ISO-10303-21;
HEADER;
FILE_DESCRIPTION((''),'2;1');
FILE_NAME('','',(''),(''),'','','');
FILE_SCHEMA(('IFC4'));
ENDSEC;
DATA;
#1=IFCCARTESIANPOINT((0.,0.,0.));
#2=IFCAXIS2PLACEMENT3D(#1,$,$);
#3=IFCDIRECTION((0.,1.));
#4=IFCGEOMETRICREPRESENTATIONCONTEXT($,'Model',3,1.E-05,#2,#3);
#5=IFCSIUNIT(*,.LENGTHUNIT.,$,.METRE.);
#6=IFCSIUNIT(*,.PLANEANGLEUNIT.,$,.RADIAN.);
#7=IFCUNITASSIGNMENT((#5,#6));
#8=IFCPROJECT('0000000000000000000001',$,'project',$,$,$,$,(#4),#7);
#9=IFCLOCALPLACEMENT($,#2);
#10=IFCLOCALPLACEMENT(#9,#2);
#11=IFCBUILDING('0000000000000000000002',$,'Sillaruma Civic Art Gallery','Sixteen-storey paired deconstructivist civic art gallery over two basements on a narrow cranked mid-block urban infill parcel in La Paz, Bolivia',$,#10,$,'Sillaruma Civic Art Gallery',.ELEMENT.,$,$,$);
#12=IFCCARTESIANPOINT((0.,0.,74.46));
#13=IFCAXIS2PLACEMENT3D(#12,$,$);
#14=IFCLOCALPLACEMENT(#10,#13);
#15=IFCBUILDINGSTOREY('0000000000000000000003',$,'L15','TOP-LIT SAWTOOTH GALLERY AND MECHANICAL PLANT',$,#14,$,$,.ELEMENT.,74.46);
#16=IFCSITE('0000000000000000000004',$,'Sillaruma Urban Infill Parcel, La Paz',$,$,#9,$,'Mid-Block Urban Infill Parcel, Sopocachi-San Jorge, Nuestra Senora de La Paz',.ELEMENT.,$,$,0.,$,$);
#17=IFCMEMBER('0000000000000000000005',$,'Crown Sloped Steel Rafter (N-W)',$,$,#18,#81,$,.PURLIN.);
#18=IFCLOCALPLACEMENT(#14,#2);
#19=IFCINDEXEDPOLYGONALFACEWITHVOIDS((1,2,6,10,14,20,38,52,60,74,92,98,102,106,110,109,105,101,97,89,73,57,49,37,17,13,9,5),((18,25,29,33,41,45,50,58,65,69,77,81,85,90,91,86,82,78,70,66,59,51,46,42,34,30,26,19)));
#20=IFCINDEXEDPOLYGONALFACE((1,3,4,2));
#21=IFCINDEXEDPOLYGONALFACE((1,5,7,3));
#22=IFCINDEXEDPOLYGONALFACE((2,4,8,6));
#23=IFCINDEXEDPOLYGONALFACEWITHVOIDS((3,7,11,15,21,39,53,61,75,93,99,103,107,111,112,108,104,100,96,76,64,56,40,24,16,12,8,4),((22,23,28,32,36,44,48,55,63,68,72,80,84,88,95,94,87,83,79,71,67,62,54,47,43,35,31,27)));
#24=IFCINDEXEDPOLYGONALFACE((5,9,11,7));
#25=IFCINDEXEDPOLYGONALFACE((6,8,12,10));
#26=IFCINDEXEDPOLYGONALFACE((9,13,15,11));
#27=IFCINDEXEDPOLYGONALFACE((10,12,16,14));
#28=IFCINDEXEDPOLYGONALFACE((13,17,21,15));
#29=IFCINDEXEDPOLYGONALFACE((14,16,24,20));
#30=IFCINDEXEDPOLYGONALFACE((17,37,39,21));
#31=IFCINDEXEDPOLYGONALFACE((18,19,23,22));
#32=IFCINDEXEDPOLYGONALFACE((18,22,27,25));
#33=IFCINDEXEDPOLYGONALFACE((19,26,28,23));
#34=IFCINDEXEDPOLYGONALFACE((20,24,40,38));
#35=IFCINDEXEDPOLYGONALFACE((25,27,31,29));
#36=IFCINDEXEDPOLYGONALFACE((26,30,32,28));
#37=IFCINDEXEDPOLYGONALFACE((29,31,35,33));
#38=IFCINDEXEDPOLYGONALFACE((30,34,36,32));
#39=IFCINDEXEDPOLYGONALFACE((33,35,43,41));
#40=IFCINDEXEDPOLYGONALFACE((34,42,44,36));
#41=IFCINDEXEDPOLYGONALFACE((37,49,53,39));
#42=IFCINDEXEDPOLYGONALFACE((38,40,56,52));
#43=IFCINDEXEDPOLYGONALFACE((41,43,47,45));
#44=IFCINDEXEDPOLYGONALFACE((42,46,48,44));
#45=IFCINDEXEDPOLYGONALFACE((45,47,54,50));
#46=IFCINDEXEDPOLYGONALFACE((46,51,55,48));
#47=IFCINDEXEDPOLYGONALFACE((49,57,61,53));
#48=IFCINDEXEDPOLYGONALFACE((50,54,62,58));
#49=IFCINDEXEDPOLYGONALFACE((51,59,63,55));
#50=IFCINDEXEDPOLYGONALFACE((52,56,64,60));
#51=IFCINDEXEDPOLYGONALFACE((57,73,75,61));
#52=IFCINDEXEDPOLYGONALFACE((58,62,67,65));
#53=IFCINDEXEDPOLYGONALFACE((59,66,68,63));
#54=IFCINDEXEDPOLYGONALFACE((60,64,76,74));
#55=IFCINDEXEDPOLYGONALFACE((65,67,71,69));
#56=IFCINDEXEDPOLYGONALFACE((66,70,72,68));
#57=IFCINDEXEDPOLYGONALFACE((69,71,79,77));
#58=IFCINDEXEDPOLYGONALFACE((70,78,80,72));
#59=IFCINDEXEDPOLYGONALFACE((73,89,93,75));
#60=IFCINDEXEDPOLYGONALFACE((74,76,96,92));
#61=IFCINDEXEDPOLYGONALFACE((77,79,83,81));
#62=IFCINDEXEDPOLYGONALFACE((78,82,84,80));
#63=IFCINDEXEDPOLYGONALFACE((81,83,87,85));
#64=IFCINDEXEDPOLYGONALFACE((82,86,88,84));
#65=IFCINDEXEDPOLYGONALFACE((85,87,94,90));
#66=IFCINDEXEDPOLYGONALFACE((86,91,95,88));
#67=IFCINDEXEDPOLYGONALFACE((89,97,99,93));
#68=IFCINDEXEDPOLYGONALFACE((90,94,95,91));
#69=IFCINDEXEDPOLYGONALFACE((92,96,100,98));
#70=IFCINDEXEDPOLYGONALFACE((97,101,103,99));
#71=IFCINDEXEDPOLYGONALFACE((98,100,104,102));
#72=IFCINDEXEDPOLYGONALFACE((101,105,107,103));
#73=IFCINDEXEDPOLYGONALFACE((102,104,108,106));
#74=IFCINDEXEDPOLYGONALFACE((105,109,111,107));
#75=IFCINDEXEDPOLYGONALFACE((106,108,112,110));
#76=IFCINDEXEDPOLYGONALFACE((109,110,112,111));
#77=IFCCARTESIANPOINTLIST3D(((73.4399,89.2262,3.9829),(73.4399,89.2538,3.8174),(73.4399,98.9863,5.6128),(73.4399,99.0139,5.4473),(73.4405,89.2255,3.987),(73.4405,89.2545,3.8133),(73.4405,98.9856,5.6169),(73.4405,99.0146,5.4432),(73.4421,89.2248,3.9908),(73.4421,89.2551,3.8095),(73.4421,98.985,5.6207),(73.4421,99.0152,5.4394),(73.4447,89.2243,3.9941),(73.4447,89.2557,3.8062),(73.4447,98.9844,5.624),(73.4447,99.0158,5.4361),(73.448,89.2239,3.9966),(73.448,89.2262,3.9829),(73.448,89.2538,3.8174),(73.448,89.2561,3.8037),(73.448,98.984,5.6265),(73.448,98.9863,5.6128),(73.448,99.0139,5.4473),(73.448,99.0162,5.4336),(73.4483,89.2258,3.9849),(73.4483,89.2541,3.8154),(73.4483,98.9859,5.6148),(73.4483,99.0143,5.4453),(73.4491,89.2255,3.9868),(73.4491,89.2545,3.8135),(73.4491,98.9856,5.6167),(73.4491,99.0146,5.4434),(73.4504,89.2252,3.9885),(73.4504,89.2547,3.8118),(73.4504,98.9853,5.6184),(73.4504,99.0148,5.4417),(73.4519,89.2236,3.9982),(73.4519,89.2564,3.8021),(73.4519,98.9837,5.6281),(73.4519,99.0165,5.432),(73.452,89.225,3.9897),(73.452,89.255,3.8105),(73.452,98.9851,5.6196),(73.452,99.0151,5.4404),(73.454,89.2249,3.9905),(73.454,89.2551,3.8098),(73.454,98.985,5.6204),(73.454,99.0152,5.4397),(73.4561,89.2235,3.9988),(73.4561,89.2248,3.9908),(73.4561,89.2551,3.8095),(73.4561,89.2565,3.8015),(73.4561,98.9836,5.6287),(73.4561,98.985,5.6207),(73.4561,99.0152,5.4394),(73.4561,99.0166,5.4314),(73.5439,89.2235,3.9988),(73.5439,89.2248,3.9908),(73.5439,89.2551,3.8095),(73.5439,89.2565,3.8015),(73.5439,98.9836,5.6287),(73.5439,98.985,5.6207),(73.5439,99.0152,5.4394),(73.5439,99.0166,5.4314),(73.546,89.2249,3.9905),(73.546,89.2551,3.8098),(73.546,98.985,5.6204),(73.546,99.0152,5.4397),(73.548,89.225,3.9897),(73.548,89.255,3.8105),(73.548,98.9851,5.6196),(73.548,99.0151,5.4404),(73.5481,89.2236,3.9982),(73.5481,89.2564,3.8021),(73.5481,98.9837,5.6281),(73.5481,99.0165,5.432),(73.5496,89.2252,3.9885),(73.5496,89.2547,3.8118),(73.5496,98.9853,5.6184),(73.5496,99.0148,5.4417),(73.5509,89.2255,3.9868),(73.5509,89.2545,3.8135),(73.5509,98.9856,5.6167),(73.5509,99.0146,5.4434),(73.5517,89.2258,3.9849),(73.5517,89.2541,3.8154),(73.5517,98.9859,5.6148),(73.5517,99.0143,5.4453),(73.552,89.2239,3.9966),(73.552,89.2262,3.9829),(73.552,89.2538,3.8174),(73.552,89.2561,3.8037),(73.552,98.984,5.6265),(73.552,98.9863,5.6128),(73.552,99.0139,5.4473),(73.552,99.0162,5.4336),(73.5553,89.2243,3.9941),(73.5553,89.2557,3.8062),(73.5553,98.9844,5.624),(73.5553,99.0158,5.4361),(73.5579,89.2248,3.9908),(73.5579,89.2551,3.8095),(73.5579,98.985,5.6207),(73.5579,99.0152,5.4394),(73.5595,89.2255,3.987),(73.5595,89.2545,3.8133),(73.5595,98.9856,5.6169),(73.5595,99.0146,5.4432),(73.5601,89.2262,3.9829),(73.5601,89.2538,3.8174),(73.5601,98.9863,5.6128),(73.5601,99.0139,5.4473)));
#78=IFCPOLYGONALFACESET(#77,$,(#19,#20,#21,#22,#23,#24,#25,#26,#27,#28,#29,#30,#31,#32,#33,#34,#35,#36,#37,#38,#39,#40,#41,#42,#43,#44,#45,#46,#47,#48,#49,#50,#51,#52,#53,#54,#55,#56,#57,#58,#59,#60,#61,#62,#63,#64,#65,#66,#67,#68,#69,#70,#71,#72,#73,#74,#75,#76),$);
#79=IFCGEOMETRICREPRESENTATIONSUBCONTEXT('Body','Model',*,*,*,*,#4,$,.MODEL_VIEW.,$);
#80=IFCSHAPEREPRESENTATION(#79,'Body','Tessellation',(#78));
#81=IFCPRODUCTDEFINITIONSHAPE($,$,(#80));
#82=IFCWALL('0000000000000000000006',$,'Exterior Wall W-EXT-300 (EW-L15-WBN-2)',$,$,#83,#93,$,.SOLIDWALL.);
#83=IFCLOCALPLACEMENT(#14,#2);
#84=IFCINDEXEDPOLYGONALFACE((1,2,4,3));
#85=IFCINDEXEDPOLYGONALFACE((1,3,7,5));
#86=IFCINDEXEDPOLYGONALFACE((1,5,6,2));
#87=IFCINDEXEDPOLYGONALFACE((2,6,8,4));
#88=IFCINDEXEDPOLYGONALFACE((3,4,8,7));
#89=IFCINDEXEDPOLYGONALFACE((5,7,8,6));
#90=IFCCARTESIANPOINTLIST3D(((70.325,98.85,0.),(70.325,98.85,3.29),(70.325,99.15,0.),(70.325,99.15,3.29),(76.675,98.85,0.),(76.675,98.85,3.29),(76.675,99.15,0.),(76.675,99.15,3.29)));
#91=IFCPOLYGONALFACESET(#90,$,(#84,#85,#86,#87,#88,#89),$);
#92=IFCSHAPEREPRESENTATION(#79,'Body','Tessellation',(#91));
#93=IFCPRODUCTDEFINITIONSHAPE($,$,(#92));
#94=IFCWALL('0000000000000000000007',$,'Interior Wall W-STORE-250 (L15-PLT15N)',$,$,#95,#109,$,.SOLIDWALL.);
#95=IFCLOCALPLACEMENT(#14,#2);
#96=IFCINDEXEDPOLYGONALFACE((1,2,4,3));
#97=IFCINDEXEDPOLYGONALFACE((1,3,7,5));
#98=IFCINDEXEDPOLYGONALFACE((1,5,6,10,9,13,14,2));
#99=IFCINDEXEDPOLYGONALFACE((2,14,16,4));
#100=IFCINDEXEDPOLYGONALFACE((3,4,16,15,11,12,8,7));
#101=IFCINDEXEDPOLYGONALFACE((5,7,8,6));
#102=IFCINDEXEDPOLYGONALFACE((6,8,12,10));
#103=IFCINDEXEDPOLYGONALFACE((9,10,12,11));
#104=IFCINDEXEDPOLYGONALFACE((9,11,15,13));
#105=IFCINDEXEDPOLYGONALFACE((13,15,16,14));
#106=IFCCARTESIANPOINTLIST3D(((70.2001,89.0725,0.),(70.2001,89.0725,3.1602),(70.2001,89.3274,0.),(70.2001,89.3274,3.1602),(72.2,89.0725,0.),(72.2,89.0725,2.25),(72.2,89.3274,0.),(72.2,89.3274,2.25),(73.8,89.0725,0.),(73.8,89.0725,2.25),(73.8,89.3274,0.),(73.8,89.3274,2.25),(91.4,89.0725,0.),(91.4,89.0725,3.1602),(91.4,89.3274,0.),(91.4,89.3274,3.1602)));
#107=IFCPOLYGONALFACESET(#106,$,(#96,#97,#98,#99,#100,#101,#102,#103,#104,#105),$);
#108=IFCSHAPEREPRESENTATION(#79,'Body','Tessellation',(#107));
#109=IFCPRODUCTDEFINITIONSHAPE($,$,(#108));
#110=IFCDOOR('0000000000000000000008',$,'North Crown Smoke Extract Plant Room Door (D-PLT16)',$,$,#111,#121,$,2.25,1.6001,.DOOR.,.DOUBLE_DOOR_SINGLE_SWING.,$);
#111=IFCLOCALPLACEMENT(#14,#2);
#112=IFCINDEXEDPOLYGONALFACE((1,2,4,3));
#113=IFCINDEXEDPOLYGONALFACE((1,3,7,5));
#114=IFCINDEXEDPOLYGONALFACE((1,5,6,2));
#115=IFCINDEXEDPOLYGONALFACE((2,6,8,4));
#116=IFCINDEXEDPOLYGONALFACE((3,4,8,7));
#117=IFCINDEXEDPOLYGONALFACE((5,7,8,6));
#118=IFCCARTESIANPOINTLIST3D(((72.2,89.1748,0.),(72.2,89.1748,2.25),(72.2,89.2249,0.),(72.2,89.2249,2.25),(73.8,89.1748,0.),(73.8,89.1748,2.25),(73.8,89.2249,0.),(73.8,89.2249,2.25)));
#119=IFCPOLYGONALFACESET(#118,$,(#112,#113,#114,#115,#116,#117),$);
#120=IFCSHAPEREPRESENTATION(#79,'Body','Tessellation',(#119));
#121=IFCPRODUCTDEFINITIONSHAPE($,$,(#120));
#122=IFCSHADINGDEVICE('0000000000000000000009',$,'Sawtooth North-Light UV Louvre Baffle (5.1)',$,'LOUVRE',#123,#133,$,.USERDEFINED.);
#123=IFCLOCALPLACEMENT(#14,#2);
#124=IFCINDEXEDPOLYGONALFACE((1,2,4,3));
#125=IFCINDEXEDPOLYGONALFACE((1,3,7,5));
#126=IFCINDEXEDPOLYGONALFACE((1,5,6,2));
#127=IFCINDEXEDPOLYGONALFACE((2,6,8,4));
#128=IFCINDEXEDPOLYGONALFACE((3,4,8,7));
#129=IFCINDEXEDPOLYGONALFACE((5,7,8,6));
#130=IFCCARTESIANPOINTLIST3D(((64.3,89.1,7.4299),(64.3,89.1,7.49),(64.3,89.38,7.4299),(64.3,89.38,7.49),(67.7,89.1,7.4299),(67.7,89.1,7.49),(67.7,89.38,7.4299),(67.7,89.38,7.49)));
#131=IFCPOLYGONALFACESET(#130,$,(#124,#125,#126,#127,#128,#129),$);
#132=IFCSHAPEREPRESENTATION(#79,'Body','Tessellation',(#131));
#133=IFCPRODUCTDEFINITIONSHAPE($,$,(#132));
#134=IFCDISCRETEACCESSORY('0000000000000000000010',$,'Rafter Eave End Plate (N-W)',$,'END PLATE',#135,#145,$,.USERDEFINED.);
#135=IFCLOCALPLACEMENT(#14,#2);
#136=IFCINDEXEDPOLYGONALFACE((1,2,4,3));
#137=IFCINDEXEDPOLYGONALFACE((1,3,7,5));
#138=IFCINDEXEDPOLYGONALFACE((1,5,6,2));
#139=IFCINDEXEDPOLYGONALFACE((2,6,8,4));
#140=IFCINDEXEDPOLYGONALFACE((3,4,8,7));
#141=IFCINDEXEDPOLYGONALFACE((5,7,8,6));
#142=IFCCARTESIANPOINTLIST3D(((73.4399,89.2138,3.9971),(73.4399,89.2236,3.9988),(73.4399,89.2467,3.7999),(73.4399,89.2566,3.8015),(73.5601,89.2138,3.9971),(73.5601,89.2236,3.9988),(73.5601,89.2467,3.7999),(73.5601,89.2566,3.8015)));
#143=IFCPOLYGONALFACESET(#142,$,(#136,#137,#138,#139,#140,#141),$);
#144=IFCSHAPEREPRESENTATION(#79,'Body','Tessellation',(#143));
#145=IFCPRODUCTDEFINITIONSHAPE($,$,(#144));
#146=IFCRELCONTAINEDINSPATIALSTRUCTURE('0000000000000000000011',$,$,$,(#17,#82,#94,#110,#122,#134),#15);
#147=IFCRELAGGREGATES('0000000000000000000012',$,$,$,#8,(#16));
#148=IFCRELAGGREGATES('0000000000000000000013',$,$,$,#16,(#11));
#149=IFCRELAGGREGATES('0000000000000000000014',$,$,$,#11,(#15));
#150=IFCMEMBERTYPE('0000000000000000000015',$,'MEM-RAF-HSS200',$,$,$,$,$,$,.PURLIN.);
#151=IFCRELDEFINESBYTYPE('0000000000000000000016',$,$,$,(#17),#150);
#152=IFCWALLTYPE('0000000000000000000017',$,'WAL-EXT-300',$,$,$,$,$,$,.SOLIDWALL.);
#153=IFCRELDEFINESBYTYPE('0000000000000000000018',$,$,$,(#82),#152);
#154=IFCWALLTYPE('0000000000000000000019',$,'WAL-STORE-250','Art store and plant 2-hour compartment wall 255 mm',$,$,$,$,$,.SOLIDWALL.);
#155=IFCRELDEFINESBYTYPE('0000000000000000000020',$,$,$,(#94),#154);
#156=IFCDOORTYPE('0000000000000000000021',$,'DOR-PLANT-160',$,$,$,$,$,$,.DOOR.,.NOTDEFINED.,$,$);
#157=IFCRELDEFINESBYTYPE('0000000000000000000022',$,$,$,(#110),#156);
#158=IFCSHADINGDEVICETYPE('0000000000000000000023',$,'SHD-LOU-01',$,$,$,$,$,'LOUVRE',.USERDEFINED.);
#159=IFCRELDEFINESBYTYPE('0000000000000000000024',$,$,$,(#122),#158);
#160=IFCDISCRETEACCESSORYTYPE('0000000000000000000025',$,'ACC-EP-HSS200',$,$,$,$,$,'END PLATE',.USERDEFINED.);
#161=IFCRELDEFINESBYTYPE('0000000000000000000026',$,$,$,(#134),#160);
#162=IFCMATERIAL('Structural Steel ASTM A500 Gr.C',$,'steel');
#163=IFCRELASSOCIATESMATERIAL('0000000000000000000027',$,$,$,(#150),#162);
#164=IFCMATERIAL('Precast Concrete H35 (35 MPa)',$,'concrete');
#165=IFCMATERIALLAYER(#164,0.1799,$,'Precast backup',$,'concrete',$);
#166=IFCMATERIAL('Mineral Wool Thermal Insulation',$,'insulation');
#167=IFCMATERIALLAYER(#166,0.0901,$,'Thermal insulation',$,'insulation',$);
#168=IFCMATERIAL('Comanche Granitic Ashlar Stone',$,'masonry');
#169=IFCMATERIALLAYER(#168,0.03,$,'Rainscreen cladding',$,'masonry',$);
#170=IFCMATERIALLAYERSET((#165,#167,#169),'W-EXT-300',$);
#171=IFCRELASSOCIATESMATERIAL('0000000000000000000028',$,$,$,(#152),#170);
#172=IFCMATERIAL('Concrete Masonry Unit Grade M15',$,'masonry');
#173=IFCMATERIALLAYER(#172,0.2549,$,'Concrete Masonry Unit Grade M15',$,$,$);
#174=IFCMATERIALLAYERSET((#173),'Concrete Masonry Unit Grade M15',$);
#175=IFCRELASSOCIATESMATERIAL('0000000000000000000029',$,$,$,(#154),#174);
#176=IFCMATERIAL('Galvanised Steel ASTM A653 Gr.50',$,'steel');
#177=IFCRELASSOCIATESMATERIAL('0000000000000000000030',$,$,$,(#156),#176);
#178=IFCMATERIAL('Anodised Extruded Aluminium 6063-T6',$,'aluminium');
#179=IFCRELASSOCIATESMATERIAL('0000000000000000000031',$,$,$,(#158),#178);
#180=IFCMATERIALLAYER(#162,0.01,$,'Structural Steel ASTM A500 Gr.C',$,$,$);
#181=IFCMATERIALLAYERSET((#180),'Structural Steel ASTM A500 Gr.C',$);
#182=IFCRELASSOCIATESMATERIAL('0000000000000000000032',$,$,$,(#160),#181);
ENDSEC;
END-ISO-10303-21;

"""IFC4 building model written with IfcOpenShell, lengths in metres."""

from ifc_helpers import new_model, si_unit, direction, frame, frame_2d, origin, origin_2d, place, context, subcontext, project, spatial, polyline, rectangle, hollow_rectangle, outline, extrude, material, layer, layer_set, material_profile, profile_set, type_object, element, fill, save


model = new_model("IFC4")

# Units and contexts
model_context = context("Model", 3, precision=1e-05, world=origin(), true_north=direction((0.0, 1.0)))
body_context = subcontext(model_context, "Body", "Model", "MODEL_VIEW")
ifc_project = project(units=[si_unit("LENGTHUNIT", "METRE"), si_unit("PLANEANGLEUNIT", "RADIAN")], contexts=[model_context])

# Site, building, storey
site_placement = place(None, origin())
site = spatial("IfcSite", under=ifc_project, at=site_placement, Name="Sillaruma Urban Infill Parcel, La Paz", LongName="Mid-Block Urban Infill Parcel, Sopocachi-San Jorge, Nuestra Senora de La Paz", CompositionType="ELEMENT", RefElevation=0.0)
building_placement = place(site_placement, origin())
building = spatial("IfcBuilding", under=site, at=building_placement, Name="Sillaruma Civic Art Gallery", Description="Sixteen-storey paired deconstructivist civic art gallery over two basements on a narrow cranked mid-block urban infill parcel in La Paz, Bolivia", LongName="Sillaruma Civic Art Gallery", CompositionType="ELEMENT")
storey_placement = place(building_placement, frame((0.0, 0.0, 74.46)))
storey = spatial("IfcBuildingStorey", under=building, at=storey_placement, Name="L15", Description="TOP-LIT SAWTOOTH GALLERY AND MECHANICAL PLANT", CompositionType="ELEMENT", Elevation=74.46)

# Member
ifc_material_1 = material(Name="Structural Steel ASTM A500 Gr.C", Category="steel")
ifc_material_profile_1 = material_profile(ifc_material_1, hollow_rectangle(XDim=0.1201, YDim=0.2, WallThickness=0.0081, InnerFilletRadius=0.0081, OuterFilletRadius=0.0161, at=origin_2d()), Name="HSS200x120x8")
ifc_profile_set_1 = profile_set([ifc_material_profile_1], Name="Structural Steel ASTM A500 Gr.C")
member_type_1 = type_object("IfcMemberType", Name="MEM-RAF-HSS200", PredefinedType="PURLIN", material=ifc_profile_set_1)
for number, where, z_axis, x_axis, name in (
    (1, (73.5, 89.24, 3.9001), (0.0, 0.986341, 0.164715), (-1.0, 0.0, 0.0), "Crown Sloped Steel Rafter (N-W)"),
):
    element("IfcMember", number, at=place(storey_placement, frame(where, z_axis=z_axis, x_axis=x_axis)), inside=storey, type_object=member_type_1, Name=name, PredefinedType="PURLIN", context=body_context, shape_type="SweptSolid", body=[
        extrude(hollow_rectangle(XDim=0.1201, YDim=0.2, WallThickness=0.0081, InnerFilletRadius=0.0081, OuterFilletRadius=0.0161, at=origin_2d()), origin(), (0.0, 0.0, 1.0), 9.8953),
    ])

# Wall
ifc_material_2 = material(Name="Precast Concrete H35 (35 MPa)", Category="concrete")
ifc_layer_1 = layer(ifc_material_2, 0.1799, Name="Precast backup", Category="concrete")
ifc_material_3 = material(Name="Mineral Wool Thermal Insulation", Category="insulation")
ifc_layer_2 = layer(ifc_material_3, 0.0901, Name="Thermal insulation", Category="insulation")
ifc_material_4 = material(Name="Comanche Granitic Ashlar Stone", Category="masonry")
ifc_layer_3 = layer(ifc_material_4, 0.03, Name="Rainscreen cladding", Category="masonry")
ifc_layer_set_1 = layer_set([ifc_layer_1, ifc_layer_2, ifc_layer_3], Name="W-EXT-300")
wall_type_1 = type_object("IfcWallType", Name="WAL-EXT-300", PredefinedType="SOLIDWALL", material=ifc_layer_set_1)
wall_1_placement = place(storey_placement, frame((70.325, 99.0, 0.0), z_axis=(0.0, 0.0, 1.0), x_axis=(1.0, 0.0, 0.0)))
element("IfcWall", 2, at=wall_1_placement, inside=storey, type_object=wall_type_1, Name="Exterior Wall W-EXT-300 (EW-L15-WBN-2)", PredefinedType="SOLIDWALL", context=body_context, shape_type="SweptSolid", body=[
    extrude(rectangle(XDim=6.3501, YDim=0.3, at=frame_2d((3.175, 0.0))), origin(), (0.0, 0.0, 1.0), 3.29),
])

# Wall, opening, door
ifc_material_5 = material(Name="Concrete Masonry Unit Grade M15", Category="masonry")
ifc_layer_4 = layer(ifc_material_5, 0.2549, Name="Concrete Masonry Unit Grade M15")
ifc_layer_set_2 = layer_set([ifc_layer_4], Name="Concrete Masonry Unit Grade M15")
wall_type_2 = type_object("IfcWallType", Name="WAL-STORE-250", Description="Art store and plant 2-hour compartment wall 255 mm", PredefinedType="SOLIDWALL", material=ifc_layer_set_2)
wall_2_placement = place(storey_placement, frame((70.2, 89.2, 0.0), z_axis=(0.0, 0.0, 1.0), x_axis=(1.0, 0.0, 0.0)))
wall_2 = element("IfcWall", 3, at=wall_2_placement, inside=storey, type_object=wall_type_2, Name="Interior Wall W-STORE-250 (L15-PLT15N)", PredefinedType="SOLIDWALL", context=body_context, shape_type="SweptSolid", body=[
    extrude(rectangle(XDim=21.2, YDim=0.2549, at=frame_2d((10.6001, 0.0))), origin(), (0.0, 0.0, 1.0), 3.1602),
])
opening_placement = place(wall_2_placement, frame((2.0, 0.0, 0.0)))
opening = element("IfcOpeningElement", 4, at=opening_placement, cuts=wall_2, PredefinedType="OPENING", context=body_context, shape_type="SweptSolid", body=[
    extrude(rectangle(XDim=1.6001, YDim=2.25, at=frame_2d((0.8, 1.125))), frame((0.0, 0.1375, 0.0), z_axis=(0.0, -1.0, 0.0), x_axis=(1.0, 0.0, 0.0)), (0.0, 0.0, 1.0), 0.2749),
])
ifc_material_6 = material(Name="Galvanised Steel ASTM A653 Gr.50", Category="steel")
door_type = type_object("IfcDoorType", Name="DOR-PLANT-160", OperationType="NOTDEFINED", PredefinedType="DOOR", material=ifc_material_6)
door_placement = place(opening_placement, origin())
door = element("IfcDoor", 5, at=door_placement, inside=storey, type_object=door_type, Name="North Crown Smoke Extract Plant Room Door (D-PLT16)", OperationType="DOUBLE_DOOR_SINGLE_SWING", OverallHeight=2.25, OverallWidth=1.6001, PredefinedType="DOOR", context=body_context, shape_type="SweptSolid", body=[
    extrude(rectangle(XDim=1.6001, YDim=2.25, at=frame_2d((0.8, 1.125))), frame((0.0, 0.0249, 0.0), z_axis=(0.0, -1.0, 0.0), x_axis=(1.0, 0.0, 0.0)), (0.0, 0.0, 1.0), 0.05),
])
fill(opening, door)

# Shading device
ifc_material_7 = material(Name="Anodised Extruded Aluminium 6063-T6", Category="aluminium")
shading_device_type = type_object("IfcShadingDeviceType", Name="SHD-LOU-01", ElementType="LOUVRE", PredefinedType="USERDEFINED", material=ifc_material_7)
shading_device_placement = place(storey_placement, frame((66.0, 89.24, 7.4299), z_axis=(0.0, 0.0, 1.0), x_axis=(1.0, 0.0, 0.0)))
element("IfcShadingDevice", 6, at=shading_device_placement, inside=storey, type_object=shading_device_type, Name="Sawtooth North-Light UV Louvre Baffle (5.1)", ObjectType="LOUVRE", PredefinedType="USERDEFINED", context=body_context, shape_type="SweptSolid", body=[
    extrude(rectangle(XDim=3.3999, YDim=0.28, at=origin_2d()), origin(), (0.0, 0.0, 1.0), 0.0601),
])

# Discrete accessory
ifc_layer_5 = layer(ifc_material_1, 0.01, Name="Structural Steel ASTM A500 Gr.C")
ifc_layer_set_3 = layer_set([ifc_layer_5], Name="Structural Steel ASTM A500 Gr.C")
discrete_accessory_type = type_object("IfcDiscreteAccessoryType", Name="ACC-EP-HSS200", ElementType="END PLATE", PredefinedType="USERDEFINED", material=ifc_layer_set_3)
discrete_accessory_placement = place(storey_placement, frame((73.5601, 89.2566, 3.8015), z_axis=(0.0, 0.986328, 0.164795), x_axis=(-1.0, 0.0, 0.0)))
element("IfcDiscreteAccessory", 7, at=discrete_accessory_placement, inside=storey, type_object=discrete_accessory_type, Name="Rafter Eave End Plate (N-W)", ObjectType="END PLATE", PredefinedType="USERDEFINED", context=body_context, shape_type="SweptSolid", body=[
    extrude(outline(polyline([(0.0, 0.0), (0.1201, 0.0), (0.1201, 0.2), (0.0, 0.2), (0.0, 0.0)])), origin(), (0.0, 0.0, -1.0), 0.01),
])

save(model, "model.ifc")
